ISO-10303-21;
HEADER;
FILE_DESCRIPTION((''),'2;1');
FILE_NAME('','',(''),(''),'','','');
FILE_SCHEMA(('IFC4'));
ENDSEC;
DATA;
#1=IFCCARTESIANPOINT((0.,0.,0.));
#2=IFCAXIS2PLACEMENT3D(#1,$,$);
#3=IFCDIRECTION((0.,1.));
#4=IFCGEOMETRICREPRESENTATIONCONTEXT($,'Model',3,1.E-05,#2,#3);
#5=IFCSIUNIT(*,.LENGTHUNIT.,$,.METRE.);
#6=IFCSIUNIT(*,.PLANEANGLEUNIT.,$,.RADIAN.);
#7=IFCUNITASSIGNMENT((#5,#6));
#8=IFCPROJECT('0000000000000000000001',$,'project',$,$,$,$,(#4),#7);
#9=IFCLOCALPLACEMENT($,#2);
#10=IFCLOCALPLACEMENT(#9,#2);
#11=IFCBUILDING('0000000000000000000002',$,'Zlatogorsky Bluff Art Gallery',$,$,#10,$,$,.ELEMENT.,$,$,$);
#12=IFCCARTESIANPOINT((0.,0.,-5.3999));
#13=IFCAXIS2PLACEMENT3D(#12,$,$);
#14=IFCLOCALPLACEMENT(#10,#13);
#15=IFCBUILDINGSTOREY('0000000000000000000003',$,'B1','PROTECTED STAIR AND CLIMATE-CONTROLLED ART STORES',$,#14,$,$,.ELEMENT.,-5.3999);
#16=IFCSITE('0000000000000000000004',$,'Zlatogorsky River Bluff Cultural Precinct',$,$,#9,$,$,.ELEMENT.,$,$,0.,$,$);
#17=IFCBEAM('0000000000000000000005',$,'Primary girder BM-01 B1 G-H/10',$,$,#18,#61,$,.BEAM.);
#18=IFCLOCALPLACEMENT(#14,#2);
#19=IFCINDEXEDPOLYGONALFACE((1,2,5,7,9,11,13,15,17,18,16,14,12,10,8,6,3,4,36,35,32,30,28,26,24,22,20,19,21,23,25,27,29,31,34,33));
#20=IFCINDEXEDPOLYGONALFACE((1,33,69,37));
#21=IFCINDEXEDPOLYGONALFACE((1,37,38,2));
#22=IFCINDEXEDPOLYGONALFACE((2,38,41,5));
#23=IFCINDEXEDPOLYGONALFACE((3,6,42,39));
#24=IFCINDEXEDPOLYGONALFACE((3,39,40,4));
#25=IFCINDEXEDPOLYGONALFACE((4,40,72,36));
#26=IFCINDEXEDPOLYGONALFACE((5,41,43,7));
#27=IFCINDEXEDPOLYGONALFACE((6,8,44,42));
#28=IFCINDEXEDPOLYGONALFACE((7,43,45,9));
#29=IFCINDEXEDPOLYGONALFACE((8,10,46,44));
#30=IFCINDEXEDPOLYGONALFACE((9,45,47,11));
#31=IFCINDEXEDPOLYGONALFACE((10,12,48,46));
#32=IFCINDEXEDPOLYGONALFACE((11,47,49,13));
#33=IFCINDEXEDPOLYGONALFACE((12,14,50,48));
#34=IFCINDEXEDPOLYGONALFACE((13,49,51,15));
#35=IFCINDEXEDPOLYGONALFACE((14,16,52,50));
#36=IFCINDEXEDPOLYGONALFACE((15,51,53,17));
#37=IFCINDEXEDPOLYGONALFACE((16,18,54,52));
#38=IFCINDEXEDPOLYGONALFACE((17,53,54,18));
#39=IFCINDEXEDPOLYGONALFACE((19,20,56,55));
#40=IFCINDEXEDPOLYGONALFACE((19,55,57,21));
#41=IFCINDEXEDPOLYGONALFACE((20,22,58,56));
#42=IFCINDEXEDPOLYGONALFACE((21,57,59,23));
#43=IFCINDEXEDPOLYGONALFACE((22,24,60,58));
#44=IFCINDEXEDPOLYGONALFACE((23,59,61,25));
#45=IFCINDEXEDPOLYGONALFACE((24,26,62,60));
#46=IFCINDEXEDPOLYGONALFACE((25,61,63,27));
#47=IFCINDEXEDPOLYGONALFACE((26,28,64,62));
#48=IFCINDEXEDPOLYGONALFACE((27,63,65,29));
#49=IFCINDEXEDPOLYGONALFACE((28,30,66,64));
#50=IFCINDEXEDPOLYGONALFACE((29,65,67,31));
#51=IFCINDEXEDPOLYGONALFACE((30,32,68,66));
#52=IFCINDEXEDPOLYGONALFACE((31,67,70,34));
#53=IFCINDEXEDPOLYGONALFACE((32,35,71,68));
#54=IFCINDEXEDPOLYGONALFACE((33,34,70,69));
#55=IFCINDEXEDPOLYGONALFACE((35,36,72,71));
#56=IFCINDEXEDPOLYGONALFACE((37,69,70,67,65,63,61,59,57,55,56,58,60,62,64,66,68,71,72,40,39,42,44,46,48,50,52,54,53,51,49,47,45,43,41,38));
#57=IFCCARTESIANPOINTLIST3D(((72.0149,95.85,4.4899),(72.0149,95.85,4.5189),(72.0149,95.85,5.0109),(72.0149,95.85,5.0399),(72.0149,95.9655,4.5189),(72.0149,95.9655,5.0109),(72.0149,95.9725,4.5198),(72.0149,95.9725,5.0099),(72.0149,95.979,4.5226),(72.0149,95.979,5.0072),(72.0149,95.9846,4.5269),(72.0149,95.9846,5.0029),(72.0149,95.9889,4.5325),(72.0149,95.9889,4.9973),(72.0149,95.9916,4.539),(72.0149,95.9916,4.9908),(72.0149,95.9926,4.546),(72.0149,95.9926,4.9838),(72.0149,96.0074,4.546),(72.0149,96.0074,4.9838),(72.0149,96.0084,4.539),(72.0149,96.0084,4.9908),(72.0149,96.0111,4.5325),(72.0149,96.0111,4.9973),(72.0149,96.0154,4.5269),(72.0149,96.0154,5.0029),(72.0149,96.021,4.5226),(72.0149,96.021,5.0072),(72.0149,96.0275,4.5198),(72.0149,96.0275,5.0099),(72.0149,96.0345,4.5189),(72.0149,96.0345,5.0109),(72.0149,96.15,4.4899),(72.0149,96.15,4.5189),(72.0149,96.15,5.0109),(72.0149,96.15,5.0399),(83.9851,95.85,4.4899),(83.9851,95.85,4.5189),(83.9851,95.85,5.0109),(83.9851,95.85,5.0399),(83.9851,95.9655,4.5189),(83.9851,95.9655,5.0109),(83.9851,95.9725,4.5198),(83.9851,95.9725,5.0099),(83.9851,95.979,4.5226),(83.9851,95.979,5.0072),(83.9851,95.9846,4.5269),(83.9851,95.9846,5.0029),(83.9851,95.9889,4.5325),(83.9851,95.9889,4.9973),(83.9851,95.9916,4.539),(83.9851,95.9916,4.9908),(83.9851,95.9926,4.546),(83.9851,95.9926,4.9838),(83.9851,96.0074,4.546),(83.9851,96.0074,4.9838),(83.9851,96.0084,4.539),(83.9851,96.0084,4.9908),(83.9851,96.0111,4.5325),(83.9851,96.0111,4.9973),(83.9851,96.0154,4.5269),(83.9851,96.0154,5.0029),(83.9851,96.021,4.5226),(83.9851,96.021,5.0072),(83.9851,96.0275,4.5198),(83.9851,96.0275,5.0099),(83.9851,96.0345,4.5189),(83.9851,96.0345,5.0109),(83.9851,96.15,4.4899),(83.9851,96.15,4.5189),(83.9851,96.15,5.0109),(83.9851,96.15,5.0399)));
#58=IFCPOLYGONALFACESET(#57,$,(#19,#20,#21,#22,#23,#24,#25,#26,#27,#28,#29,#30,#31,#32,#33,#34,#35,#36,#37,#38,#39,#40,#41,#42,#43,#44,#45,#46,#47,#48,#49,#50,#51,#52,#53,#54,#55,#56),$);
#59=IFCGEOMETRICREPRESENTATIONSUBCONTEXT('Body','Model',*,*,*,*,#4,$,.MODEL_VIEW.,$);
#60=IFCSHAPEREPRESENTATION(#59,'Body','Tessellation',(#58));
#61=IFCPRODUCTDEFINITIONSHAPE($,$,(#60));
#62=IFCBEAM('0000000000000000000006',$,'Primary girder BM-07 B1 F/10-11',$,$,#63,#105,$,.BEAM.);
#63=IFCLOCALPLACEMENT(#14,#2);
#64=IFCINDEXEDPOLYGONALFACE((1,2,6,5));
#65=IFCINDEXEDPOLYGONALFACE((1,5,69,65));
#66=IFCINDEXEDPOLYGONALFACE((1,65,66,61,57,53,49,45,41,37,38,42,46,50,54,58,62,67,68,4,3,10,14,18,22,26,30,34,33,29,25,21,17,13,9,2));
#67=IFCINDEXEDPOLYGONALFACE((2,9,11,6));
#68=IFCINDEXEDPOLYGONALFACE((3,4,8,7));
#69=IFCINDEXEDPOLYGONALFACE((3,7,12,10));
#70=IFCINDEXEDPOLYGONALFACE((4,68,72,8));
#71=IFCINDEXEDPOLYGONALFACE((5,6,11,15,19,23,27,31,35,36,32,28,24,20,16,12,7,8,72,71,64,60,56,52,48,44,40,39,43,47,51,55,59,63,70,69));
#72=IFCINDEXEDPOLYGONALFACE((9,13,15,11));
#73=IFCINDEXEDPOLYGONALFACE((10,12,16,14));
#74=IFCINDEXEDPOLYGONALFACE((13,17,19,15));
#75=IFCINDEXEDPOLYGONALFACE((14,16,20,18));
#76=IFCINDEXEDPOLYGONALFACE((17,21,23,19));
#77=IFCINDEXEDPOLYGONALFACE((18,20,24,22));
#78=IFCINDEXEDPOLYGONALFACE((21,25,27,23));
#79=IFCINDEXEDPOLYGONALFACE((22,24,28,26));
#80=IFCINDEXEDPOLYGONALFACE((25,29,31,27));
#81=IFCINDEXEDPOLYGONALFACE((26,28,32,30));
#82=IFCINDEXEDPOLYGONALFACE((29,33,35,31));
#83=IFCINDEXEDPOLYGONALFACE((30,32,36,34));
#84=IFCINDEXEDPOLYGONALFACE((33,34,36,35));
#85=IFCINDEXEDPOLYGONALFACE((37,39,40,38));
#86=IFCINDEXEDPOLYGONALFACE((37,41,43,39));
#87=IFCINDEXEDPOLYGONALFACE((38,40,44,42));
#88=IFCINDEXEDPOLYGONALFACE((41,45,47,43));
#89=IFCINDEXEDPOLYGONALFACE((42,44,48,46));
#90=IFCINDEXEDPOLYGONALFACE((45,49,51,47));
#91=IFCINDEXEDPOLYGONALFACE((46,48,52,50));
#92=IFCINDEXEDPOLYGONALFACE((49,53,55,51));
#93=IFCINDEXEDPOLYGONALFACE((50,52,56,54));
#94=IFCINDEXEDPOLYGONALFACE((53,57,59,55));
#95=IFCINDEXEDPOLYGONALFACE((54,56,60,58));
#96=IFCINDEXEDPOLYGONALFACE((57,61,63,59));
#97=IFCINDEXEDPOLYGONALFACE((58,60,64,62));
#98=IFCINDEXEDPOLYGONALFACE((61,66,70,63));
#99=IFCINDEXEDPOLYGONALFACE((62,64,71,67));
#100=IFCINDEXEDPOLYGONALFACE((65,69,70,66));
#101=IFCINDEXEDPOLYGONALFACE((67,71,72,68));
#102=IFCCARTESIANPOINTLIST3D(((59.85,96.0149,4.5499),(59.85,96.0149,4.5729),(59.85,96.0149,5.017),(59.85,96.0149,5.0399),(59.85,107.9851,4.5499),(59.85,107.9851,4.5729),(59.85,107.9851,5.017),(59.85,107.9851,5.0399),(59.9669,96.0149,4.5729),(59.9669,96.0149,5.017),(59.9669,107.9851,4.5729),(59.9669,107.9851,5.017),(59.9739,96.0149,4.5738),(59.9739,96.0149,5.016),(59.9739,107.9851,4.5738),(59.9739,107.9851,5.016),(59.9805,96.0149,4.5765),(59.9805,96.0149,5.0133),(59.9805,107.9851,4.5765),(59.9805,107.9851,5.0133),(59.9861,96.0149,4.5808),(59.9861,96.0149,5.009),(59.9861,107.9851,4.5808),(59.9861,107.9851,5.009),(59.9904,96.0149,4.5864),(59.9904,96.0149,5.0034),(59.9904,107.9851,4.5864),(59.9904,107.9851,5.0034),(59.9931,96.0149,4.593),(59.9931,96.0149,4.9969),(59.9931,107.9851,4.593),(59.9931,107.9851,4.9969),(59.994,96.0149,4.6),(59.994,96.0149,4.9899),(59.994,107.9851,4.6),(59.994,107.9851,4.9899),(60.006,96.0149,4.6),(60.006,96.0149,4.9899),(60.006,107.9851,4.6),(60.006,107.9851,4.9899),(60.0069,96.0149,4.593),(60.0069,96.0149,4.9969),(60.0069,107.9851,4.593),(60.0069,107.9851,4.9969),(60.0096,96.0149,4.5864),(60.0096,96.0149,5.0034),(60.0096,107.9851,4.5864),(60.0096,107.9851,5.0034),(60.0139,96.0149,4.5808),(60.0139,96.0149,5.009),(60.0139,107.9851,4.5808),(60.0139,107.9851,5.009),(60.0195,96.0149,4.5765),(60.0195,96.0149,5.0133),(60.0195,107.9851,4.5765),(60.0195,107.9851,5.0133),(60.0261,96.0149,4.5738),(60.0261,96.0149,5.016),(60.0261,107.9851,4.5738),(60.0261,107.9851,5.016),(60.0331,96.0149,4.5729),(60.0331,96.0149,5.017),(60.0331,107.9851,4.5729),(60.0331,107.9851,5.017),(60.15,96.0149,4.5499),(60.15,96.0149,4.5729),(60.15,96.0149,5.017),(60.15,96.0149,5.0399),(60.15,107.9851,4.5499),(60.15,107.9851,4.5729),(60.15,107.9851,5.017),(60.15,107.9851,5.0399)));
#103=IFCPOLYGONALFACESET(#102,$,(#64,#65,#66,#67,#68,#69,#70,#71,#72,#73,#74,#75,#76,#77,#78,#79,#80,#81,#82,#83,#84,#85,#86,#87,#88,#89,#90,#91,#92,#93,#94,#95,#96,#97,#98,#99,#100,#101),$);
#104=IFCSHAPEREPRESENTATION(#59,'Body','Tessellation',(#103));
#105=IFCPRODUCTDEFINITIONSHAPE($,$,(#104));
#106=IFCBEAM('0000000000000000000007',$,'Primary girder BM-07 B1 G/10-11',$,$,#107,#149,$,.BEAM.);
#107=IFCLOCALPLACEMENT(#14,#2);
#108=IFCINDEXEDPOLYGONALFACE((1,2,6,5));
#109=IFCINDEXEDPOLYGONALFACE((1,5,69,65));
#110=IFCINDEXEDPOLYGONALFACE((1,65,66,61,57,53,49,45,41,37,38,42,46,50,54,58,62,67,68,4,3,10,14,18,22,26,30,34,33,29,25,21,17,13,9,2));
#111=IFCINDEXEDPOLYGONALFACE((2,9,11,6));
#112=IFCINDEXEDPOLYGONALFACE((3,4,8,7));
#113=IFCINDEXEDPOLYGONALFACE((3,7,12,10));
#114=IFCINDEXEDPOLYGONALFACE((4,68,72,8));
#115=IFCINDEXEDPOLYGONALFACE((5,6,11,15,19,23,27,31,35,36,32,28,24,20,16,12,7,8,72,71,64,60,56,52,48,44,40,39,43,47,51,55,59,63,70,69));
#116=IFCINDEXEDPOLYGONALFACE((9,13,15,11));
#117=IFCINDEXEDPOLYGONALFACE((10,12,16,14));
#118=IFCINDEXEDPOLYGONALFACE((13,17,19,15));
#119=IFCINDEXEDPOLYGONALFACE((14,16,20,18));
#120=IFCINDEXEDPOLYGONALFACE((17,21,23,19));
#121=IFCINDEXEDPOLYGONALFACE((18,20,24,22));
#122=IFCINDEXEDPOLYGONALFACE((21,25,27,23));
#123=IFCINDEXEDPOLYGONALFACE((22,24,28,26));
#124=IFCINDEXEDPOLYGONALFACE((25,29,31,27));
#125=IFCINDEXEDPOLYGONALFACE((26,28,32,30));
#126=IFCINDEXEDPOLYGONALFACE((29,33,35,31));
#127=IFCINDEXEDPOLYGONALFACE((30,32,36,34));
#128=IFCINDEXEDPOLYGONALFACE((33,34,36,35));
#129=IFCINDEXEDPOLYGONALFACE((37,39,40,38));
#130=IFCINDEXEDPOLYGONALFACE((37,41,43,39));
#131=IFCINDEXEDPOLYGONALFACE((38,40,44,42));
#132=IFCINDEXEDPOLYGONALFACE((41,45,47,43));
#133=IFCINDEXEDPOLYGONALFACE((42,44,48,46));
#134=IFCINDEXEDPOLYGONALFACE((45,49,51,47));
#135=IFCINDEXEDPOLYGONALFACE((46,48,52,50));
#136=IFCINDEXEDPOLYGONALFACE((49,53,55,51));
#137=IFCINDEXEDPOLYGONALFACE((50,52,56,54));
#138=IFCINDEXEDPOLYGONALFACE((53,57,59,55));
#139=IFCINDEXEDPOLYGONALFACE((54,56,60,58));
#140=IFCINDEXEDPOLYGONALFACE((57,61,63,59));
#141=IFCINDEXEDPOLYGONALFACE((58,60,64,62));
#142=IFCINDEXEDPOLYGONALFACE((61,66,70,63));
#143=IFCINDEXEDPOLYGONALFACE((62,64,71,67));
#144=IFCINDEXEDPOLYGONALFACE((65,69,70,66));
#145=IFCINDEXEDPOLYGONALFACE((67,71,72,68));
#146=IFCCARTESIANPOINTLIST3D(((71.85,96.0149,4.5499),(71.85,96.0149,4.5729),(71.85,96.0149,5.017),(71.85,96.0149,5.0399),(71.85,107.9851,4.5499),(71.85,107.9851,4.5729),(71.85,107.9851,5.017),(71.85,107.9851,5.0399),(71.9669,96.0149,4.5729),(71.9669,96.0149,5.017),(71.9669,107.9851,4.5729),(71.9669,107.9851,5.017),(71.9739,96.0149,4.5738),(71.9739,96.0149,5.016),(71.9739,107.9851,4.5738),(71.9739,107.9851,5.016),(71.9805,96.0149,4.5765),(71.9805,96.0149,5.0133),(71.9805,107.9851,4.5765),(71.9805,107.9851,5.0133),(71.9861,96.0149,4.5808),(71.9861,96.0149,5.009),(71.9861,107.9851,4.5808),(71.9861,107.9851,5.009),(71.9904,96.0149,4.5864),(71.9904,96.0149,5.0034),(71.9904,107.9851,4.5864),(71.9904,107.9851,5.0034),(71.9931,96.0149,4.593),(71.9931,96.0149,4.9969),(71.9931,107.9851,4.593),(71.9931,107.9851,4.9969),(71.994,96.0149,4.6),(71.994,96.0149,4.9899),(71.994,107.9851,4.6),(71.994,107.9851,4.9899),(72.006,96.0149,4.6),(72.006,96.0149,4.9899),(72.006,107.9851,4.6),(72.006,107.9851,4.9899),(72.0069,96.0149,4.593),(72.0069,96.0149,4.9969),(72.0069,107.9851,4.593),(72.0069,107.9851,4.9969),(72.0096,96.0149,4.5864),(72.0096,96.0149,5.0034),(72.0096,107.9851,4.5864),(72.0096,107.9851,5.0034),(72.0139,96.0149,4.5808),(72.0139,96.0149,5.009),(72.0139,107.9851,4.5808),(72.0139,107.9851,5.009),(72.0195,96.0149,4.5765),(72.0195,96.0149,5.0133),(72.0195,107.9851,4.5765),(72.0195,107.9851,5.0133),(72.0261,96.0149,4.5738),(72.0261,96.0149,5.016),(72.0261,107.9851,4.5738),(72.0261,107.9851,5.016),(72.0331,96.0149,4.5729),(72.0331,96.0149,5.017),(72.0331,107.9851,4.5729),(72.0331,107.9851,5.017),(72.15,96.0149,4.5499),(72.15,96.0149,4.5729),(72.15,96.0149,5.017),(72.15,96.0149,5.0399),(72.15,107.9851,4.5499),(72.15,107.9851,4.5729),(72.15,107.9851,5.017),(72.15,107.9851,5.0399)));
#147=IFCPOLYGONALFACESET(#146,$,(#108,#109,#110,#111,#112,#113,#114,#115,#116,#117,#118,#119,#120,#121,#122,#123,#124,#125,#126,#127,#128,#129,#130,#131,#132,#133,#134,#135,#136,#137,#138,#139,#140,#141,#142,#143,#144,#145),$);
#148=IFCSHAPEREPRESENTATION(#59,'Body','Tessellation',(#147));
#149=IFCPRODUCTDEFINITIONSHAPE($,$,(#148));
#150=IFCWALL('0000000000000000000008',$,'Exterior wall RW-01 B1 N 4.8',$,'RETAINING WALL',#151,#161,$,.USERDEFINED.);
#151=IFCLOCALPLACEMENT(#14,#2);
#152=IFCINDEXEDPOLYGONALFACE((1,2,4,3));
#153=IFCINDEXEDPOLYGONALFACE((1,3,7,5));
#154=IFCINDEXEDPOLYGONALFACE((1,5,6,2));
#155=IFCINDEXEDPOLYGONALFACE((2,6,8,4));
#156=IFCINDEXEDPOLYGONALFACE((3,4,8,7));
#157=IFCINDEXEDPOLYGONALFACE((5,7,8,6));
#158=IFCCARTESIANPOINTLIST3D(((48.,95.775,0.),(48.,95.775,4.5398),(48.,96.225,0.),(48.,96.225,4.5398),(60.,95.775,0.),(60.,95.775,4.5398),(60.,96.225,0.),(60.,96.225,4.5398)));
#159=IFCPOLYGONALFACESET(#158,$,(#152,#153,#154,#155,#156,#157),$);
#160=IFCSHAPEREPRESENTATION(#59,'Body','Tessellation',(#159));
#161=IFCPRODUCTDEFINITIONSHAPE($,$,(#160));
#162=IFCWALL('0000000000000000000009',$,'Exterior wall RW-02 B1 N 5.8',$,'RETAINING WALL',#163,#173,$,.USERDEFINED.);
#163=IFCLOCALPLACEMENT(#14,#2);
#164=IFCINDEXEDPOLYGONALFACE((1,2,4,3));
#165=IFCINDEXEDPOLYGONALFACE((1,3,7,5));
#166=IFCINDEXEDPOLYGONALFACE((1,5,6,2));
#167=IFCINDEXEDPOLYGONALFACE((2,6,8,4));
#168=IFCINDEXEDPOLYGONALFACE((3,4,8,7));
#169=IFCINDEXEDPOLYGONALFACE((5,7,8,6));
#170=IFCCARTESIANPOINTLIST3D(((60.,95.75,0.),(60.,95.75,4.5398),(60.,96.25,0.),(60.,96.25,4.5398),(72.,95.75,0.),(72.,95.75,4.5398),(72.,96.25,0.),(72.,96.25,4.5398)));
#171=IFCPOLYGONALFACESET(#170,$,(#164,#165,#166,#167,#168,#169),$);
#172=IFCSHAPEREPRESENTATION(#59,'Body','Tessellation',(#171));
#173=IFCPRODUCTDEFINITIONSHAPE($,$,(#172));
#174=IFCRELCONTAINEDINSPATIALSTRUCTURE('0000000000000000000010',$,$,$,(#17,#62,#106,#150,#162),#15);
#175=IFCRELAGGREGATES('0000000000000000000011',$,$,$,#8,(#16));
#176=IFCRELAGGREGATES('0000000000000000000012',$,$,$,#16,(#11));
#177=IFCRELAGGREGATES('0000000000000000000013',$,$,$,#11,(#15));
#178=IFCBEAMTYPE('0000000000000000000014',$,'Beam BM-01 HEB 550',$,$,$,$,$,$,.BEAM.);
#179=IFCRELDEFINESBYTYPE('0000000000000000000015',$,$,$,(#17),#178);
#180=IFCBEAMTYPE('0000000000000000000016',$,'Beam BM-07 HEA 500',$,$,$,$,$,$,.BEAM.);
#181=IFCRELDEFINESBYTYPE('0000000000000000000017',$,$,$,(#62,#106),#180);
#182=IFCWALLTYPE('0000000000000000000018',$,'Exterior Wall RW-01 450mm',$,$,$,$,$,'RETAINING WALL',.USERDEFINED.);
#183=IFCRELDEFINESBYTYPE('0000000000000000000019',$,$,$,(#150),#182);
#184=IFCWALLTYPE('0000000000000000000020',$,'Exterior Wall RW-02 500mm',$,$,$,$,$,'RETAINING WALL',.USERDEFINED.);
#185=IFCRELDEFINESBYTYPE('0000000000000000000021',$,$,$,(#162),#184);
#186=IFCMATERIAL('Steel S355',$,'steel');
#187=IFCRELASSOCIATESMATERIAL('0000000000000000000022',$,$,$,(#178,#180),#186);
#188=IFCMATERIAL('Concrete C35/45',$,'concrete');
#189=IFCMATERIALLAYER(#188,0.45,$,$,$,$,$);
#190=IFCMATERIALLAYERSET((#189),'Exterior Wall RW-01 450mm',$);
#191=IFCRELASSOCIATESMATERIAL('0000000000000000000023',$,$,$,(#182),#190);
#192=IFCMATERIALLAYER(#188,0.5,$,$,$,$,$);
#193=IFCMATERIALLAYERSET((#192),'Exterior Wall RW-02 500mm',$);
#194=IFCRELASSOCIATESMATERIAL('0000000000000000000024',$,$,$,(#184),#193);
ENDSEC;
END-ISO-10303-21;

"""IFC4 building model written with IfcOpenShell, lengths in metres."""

from ifc_helpers import new_model, si_unit, direction, frame, frame_2d, origin, origin_2d, place, context, subcontext, project, spatial, rectangle, i_section, extrude, material, layer, layer_set, material_profile, profile_set, type_object, element, save


model = new_model("IFC4")

# Units and contexts
model_context = context("Model", 3, precision=1e-05, world=origin(), true_north=direction((0.0, 1.0)))
body_context = subcontext(model_context, "Body", "Model", "MODEL_VIEW")
ifc_project = project(units=[si_unit("LENGTHUNIT", "METRE"), si_unit("PLANEANGLEUNIT", "RADIAN")], contexts=[model_context])

# Site, building, storey
site_placement = place(None, origin())
site = spatial("IfcSite", under=ifc_project, at=site_placement, Name="Zlatogorsky River Bluff Cultural Precinct", CompositionType="ELEMENT", RefElevation=0.0)
building_placement = place(site_placement, origin())
building = spatial("IfcBuilding", under=site, at=building_placement, Name="Zlatogorsky Bluff Art Gallery", CompositionType="ELEMENT")
storey_placement = place(building_placement, frame((0.0, 0.0, -5.3999)))
storey = spatial("IfcBuildingStorey", under=building, at=storey_placement, Name="B1", Description="PROTECTED STAIR AND CLIMATE-CONTROLLED ART STORES", CompositionType="ELEMENT", Elevation=-5.3999)

# Shared definitions
ifc_material_1 = material(Name="Concrete C35/45", Category="concrete")

# Shared definitions
ifc_material_2 = material(Name="Steel S355", Category="steel")

# Beams
ifc_material_profile_1 = material_profile(ifc_material_2, i_section(OverallWidth=0.3, OverallDepth=0.55, WebThickness=0.0149, FlangeThickness=0.0291, FilletRadius=0.0271, at=origin_2d()), Name="HEB 550")
ifc_profile_set_1 = profile_set([ifc_material_profile_1], Name="Steel S355")
beam_type_1 = type_object("IfcBeamType", Name="Beam BM-01 HEB 550", PredefinedType="BEAM", material=ifc_profile_set_1)
for number, where, z_axis, x_axis, name in (
    (1, (72.0149, 96.0, 4.7649), (1.0, 0.0, 0.0), (0.0, 1.0, 0.0), "Primary girder BM-01 B1 G-H/10"),
):
    element("IfcBeam", number, at=place(storey_placement, frame(where, z_axis=z_axis, x_axis=x_axis)), inside=storey, type_object=beam_type_1, Name=name, PredefinedType="BEAM", context=body_context, shape_type="SweptSolid", body=[
        extrude(i_section(OverallWidth=0.3, OverallDepth=0.55, WebThickness=0.0149, FlangeThickness=0.0291, FilletRadius=0.0271, at=origin_2d()), origin(), (0.0, 0.0, 1.0), 11.9702),
    ])
ifc_material_profile_2 = material_profile(ifc_material_2, i_section(OverallWidth=0.3, OverallDepth=0.49, WebThickness=0.012, FlangeThickness=0.0229, FilletRadius=0.0271, at=origin_2d()), Name="HEA 500")
ifc_profile_set_2 = profile_set([ifc_material_profile_2], Name="Steel S355")
beam_type_2 = type_object("IfcBeamType", Name="Beam BM-07 HEA 500", PredefinedType="BEAM", material=ifc_profile_set_2)
for number, where, z_axis, x_axis, name in (
    (2, (60.0, 96.0149, 4.7949), (0.0, 1.0, 0.0), (-1.0, 0.0, 0.0), "Primary girder BM-07 B1 F/10-11"),
    (3, (72.0, 96.0149, 4.7949), (0.0, 1.0, 0.0), (-1.0, 0.0, 0.0), "Primary girder BM-07 B1 G/10-11"),
):
    element("IfcBeam", number, at=place(storey_placement, frame(where, z_axis=z_axis, x_axis=x_axis)), inside=storey, type_object=beam_type_2, Name=name, PredefinedType="BEAM", context=body_context, shape_type="SweptSolid", body=[
        extrude(i_section(OverallWidth=0.3, OverallDepth=0.49, WebThickness=0.012, FlangeThickness=0.0229, FilletRadius=0.0271, at=origin_2d()), origin(), (0.0, 0.0, 1.0), 11.9702),
    ])

# Walls
ifc_layer_1 = layer(ifc_material_1, 0.45)
ifc_layer_set_1 = layer_set([ifc_layer_1], Name="Exterior Wall RW-01 450mm")
wall_type_1 = type_object("IfcWallType", Name="Exterior Wall RW-01 450mm", ElementType="RETAINING WALL", PredefinedType="USERDEFINED", material=ifc_layer_set_1)
wall_1_placement = place(storey_placement, frame((60.0, 96.0, 0.0), z_axis=(0.0, 0.0, 1.0), x_axis=(-1.0, 0.0, 0.0)))
element("IfcWall", 4, at=wall_1_placement, inside=storey, type_object=wall_type_1, Name="Exterior wall RW-01 B1 N 4.8", ObjectType="RETAINING WALL", PredefinedType="USERDEFINED", context=body_context, shape_type="SweptSolid", body=[
    extrude(rectangle(XDim=12.0, YDim=0.45, at=frame_2d((6.0, 0.0))), origin(), (0.0, 0.0, 1.0), 4.5398),
])
ifc_layer_2 = layer(ifc_material_1, 0.5)
ifc_layer_set_2 = layer_set([ifc_layer_2], Name="Exterior Wall RW-02 500mm")
wall_type_2 = type_object("IfcWallType", Name="Exterior Wall RW-02 500mm", ElementType="RETAINING WALL", PredefinedType="USERDEFINED", material=ifc_layer_set_2)
wall_2_placement = place(storey_placement, frame((72.0, 96.0, 0.0), z_axis=(0.0, 0.0, 1.0), x_axis=(-1.0, 0.0, 0.0)))
element("IfcWall", 5, at=wall_2_placement, inside=storey, type_object=wall_type_2, Name="Exterior wall RW-02 B1 N 5.8", ObjectType="RETAINING WALL", PredefinedType="USERDEFINED", context=body_context, shape_type="SweptSolid", body=[
    extrude(rectangle(XDim=12.0, YDim=0.5, at=frame_2d((6.0, 0.0))), origin(), (0.0, 0.0, 1.0), 4.5398),
])

save(model, "model.ifc")
